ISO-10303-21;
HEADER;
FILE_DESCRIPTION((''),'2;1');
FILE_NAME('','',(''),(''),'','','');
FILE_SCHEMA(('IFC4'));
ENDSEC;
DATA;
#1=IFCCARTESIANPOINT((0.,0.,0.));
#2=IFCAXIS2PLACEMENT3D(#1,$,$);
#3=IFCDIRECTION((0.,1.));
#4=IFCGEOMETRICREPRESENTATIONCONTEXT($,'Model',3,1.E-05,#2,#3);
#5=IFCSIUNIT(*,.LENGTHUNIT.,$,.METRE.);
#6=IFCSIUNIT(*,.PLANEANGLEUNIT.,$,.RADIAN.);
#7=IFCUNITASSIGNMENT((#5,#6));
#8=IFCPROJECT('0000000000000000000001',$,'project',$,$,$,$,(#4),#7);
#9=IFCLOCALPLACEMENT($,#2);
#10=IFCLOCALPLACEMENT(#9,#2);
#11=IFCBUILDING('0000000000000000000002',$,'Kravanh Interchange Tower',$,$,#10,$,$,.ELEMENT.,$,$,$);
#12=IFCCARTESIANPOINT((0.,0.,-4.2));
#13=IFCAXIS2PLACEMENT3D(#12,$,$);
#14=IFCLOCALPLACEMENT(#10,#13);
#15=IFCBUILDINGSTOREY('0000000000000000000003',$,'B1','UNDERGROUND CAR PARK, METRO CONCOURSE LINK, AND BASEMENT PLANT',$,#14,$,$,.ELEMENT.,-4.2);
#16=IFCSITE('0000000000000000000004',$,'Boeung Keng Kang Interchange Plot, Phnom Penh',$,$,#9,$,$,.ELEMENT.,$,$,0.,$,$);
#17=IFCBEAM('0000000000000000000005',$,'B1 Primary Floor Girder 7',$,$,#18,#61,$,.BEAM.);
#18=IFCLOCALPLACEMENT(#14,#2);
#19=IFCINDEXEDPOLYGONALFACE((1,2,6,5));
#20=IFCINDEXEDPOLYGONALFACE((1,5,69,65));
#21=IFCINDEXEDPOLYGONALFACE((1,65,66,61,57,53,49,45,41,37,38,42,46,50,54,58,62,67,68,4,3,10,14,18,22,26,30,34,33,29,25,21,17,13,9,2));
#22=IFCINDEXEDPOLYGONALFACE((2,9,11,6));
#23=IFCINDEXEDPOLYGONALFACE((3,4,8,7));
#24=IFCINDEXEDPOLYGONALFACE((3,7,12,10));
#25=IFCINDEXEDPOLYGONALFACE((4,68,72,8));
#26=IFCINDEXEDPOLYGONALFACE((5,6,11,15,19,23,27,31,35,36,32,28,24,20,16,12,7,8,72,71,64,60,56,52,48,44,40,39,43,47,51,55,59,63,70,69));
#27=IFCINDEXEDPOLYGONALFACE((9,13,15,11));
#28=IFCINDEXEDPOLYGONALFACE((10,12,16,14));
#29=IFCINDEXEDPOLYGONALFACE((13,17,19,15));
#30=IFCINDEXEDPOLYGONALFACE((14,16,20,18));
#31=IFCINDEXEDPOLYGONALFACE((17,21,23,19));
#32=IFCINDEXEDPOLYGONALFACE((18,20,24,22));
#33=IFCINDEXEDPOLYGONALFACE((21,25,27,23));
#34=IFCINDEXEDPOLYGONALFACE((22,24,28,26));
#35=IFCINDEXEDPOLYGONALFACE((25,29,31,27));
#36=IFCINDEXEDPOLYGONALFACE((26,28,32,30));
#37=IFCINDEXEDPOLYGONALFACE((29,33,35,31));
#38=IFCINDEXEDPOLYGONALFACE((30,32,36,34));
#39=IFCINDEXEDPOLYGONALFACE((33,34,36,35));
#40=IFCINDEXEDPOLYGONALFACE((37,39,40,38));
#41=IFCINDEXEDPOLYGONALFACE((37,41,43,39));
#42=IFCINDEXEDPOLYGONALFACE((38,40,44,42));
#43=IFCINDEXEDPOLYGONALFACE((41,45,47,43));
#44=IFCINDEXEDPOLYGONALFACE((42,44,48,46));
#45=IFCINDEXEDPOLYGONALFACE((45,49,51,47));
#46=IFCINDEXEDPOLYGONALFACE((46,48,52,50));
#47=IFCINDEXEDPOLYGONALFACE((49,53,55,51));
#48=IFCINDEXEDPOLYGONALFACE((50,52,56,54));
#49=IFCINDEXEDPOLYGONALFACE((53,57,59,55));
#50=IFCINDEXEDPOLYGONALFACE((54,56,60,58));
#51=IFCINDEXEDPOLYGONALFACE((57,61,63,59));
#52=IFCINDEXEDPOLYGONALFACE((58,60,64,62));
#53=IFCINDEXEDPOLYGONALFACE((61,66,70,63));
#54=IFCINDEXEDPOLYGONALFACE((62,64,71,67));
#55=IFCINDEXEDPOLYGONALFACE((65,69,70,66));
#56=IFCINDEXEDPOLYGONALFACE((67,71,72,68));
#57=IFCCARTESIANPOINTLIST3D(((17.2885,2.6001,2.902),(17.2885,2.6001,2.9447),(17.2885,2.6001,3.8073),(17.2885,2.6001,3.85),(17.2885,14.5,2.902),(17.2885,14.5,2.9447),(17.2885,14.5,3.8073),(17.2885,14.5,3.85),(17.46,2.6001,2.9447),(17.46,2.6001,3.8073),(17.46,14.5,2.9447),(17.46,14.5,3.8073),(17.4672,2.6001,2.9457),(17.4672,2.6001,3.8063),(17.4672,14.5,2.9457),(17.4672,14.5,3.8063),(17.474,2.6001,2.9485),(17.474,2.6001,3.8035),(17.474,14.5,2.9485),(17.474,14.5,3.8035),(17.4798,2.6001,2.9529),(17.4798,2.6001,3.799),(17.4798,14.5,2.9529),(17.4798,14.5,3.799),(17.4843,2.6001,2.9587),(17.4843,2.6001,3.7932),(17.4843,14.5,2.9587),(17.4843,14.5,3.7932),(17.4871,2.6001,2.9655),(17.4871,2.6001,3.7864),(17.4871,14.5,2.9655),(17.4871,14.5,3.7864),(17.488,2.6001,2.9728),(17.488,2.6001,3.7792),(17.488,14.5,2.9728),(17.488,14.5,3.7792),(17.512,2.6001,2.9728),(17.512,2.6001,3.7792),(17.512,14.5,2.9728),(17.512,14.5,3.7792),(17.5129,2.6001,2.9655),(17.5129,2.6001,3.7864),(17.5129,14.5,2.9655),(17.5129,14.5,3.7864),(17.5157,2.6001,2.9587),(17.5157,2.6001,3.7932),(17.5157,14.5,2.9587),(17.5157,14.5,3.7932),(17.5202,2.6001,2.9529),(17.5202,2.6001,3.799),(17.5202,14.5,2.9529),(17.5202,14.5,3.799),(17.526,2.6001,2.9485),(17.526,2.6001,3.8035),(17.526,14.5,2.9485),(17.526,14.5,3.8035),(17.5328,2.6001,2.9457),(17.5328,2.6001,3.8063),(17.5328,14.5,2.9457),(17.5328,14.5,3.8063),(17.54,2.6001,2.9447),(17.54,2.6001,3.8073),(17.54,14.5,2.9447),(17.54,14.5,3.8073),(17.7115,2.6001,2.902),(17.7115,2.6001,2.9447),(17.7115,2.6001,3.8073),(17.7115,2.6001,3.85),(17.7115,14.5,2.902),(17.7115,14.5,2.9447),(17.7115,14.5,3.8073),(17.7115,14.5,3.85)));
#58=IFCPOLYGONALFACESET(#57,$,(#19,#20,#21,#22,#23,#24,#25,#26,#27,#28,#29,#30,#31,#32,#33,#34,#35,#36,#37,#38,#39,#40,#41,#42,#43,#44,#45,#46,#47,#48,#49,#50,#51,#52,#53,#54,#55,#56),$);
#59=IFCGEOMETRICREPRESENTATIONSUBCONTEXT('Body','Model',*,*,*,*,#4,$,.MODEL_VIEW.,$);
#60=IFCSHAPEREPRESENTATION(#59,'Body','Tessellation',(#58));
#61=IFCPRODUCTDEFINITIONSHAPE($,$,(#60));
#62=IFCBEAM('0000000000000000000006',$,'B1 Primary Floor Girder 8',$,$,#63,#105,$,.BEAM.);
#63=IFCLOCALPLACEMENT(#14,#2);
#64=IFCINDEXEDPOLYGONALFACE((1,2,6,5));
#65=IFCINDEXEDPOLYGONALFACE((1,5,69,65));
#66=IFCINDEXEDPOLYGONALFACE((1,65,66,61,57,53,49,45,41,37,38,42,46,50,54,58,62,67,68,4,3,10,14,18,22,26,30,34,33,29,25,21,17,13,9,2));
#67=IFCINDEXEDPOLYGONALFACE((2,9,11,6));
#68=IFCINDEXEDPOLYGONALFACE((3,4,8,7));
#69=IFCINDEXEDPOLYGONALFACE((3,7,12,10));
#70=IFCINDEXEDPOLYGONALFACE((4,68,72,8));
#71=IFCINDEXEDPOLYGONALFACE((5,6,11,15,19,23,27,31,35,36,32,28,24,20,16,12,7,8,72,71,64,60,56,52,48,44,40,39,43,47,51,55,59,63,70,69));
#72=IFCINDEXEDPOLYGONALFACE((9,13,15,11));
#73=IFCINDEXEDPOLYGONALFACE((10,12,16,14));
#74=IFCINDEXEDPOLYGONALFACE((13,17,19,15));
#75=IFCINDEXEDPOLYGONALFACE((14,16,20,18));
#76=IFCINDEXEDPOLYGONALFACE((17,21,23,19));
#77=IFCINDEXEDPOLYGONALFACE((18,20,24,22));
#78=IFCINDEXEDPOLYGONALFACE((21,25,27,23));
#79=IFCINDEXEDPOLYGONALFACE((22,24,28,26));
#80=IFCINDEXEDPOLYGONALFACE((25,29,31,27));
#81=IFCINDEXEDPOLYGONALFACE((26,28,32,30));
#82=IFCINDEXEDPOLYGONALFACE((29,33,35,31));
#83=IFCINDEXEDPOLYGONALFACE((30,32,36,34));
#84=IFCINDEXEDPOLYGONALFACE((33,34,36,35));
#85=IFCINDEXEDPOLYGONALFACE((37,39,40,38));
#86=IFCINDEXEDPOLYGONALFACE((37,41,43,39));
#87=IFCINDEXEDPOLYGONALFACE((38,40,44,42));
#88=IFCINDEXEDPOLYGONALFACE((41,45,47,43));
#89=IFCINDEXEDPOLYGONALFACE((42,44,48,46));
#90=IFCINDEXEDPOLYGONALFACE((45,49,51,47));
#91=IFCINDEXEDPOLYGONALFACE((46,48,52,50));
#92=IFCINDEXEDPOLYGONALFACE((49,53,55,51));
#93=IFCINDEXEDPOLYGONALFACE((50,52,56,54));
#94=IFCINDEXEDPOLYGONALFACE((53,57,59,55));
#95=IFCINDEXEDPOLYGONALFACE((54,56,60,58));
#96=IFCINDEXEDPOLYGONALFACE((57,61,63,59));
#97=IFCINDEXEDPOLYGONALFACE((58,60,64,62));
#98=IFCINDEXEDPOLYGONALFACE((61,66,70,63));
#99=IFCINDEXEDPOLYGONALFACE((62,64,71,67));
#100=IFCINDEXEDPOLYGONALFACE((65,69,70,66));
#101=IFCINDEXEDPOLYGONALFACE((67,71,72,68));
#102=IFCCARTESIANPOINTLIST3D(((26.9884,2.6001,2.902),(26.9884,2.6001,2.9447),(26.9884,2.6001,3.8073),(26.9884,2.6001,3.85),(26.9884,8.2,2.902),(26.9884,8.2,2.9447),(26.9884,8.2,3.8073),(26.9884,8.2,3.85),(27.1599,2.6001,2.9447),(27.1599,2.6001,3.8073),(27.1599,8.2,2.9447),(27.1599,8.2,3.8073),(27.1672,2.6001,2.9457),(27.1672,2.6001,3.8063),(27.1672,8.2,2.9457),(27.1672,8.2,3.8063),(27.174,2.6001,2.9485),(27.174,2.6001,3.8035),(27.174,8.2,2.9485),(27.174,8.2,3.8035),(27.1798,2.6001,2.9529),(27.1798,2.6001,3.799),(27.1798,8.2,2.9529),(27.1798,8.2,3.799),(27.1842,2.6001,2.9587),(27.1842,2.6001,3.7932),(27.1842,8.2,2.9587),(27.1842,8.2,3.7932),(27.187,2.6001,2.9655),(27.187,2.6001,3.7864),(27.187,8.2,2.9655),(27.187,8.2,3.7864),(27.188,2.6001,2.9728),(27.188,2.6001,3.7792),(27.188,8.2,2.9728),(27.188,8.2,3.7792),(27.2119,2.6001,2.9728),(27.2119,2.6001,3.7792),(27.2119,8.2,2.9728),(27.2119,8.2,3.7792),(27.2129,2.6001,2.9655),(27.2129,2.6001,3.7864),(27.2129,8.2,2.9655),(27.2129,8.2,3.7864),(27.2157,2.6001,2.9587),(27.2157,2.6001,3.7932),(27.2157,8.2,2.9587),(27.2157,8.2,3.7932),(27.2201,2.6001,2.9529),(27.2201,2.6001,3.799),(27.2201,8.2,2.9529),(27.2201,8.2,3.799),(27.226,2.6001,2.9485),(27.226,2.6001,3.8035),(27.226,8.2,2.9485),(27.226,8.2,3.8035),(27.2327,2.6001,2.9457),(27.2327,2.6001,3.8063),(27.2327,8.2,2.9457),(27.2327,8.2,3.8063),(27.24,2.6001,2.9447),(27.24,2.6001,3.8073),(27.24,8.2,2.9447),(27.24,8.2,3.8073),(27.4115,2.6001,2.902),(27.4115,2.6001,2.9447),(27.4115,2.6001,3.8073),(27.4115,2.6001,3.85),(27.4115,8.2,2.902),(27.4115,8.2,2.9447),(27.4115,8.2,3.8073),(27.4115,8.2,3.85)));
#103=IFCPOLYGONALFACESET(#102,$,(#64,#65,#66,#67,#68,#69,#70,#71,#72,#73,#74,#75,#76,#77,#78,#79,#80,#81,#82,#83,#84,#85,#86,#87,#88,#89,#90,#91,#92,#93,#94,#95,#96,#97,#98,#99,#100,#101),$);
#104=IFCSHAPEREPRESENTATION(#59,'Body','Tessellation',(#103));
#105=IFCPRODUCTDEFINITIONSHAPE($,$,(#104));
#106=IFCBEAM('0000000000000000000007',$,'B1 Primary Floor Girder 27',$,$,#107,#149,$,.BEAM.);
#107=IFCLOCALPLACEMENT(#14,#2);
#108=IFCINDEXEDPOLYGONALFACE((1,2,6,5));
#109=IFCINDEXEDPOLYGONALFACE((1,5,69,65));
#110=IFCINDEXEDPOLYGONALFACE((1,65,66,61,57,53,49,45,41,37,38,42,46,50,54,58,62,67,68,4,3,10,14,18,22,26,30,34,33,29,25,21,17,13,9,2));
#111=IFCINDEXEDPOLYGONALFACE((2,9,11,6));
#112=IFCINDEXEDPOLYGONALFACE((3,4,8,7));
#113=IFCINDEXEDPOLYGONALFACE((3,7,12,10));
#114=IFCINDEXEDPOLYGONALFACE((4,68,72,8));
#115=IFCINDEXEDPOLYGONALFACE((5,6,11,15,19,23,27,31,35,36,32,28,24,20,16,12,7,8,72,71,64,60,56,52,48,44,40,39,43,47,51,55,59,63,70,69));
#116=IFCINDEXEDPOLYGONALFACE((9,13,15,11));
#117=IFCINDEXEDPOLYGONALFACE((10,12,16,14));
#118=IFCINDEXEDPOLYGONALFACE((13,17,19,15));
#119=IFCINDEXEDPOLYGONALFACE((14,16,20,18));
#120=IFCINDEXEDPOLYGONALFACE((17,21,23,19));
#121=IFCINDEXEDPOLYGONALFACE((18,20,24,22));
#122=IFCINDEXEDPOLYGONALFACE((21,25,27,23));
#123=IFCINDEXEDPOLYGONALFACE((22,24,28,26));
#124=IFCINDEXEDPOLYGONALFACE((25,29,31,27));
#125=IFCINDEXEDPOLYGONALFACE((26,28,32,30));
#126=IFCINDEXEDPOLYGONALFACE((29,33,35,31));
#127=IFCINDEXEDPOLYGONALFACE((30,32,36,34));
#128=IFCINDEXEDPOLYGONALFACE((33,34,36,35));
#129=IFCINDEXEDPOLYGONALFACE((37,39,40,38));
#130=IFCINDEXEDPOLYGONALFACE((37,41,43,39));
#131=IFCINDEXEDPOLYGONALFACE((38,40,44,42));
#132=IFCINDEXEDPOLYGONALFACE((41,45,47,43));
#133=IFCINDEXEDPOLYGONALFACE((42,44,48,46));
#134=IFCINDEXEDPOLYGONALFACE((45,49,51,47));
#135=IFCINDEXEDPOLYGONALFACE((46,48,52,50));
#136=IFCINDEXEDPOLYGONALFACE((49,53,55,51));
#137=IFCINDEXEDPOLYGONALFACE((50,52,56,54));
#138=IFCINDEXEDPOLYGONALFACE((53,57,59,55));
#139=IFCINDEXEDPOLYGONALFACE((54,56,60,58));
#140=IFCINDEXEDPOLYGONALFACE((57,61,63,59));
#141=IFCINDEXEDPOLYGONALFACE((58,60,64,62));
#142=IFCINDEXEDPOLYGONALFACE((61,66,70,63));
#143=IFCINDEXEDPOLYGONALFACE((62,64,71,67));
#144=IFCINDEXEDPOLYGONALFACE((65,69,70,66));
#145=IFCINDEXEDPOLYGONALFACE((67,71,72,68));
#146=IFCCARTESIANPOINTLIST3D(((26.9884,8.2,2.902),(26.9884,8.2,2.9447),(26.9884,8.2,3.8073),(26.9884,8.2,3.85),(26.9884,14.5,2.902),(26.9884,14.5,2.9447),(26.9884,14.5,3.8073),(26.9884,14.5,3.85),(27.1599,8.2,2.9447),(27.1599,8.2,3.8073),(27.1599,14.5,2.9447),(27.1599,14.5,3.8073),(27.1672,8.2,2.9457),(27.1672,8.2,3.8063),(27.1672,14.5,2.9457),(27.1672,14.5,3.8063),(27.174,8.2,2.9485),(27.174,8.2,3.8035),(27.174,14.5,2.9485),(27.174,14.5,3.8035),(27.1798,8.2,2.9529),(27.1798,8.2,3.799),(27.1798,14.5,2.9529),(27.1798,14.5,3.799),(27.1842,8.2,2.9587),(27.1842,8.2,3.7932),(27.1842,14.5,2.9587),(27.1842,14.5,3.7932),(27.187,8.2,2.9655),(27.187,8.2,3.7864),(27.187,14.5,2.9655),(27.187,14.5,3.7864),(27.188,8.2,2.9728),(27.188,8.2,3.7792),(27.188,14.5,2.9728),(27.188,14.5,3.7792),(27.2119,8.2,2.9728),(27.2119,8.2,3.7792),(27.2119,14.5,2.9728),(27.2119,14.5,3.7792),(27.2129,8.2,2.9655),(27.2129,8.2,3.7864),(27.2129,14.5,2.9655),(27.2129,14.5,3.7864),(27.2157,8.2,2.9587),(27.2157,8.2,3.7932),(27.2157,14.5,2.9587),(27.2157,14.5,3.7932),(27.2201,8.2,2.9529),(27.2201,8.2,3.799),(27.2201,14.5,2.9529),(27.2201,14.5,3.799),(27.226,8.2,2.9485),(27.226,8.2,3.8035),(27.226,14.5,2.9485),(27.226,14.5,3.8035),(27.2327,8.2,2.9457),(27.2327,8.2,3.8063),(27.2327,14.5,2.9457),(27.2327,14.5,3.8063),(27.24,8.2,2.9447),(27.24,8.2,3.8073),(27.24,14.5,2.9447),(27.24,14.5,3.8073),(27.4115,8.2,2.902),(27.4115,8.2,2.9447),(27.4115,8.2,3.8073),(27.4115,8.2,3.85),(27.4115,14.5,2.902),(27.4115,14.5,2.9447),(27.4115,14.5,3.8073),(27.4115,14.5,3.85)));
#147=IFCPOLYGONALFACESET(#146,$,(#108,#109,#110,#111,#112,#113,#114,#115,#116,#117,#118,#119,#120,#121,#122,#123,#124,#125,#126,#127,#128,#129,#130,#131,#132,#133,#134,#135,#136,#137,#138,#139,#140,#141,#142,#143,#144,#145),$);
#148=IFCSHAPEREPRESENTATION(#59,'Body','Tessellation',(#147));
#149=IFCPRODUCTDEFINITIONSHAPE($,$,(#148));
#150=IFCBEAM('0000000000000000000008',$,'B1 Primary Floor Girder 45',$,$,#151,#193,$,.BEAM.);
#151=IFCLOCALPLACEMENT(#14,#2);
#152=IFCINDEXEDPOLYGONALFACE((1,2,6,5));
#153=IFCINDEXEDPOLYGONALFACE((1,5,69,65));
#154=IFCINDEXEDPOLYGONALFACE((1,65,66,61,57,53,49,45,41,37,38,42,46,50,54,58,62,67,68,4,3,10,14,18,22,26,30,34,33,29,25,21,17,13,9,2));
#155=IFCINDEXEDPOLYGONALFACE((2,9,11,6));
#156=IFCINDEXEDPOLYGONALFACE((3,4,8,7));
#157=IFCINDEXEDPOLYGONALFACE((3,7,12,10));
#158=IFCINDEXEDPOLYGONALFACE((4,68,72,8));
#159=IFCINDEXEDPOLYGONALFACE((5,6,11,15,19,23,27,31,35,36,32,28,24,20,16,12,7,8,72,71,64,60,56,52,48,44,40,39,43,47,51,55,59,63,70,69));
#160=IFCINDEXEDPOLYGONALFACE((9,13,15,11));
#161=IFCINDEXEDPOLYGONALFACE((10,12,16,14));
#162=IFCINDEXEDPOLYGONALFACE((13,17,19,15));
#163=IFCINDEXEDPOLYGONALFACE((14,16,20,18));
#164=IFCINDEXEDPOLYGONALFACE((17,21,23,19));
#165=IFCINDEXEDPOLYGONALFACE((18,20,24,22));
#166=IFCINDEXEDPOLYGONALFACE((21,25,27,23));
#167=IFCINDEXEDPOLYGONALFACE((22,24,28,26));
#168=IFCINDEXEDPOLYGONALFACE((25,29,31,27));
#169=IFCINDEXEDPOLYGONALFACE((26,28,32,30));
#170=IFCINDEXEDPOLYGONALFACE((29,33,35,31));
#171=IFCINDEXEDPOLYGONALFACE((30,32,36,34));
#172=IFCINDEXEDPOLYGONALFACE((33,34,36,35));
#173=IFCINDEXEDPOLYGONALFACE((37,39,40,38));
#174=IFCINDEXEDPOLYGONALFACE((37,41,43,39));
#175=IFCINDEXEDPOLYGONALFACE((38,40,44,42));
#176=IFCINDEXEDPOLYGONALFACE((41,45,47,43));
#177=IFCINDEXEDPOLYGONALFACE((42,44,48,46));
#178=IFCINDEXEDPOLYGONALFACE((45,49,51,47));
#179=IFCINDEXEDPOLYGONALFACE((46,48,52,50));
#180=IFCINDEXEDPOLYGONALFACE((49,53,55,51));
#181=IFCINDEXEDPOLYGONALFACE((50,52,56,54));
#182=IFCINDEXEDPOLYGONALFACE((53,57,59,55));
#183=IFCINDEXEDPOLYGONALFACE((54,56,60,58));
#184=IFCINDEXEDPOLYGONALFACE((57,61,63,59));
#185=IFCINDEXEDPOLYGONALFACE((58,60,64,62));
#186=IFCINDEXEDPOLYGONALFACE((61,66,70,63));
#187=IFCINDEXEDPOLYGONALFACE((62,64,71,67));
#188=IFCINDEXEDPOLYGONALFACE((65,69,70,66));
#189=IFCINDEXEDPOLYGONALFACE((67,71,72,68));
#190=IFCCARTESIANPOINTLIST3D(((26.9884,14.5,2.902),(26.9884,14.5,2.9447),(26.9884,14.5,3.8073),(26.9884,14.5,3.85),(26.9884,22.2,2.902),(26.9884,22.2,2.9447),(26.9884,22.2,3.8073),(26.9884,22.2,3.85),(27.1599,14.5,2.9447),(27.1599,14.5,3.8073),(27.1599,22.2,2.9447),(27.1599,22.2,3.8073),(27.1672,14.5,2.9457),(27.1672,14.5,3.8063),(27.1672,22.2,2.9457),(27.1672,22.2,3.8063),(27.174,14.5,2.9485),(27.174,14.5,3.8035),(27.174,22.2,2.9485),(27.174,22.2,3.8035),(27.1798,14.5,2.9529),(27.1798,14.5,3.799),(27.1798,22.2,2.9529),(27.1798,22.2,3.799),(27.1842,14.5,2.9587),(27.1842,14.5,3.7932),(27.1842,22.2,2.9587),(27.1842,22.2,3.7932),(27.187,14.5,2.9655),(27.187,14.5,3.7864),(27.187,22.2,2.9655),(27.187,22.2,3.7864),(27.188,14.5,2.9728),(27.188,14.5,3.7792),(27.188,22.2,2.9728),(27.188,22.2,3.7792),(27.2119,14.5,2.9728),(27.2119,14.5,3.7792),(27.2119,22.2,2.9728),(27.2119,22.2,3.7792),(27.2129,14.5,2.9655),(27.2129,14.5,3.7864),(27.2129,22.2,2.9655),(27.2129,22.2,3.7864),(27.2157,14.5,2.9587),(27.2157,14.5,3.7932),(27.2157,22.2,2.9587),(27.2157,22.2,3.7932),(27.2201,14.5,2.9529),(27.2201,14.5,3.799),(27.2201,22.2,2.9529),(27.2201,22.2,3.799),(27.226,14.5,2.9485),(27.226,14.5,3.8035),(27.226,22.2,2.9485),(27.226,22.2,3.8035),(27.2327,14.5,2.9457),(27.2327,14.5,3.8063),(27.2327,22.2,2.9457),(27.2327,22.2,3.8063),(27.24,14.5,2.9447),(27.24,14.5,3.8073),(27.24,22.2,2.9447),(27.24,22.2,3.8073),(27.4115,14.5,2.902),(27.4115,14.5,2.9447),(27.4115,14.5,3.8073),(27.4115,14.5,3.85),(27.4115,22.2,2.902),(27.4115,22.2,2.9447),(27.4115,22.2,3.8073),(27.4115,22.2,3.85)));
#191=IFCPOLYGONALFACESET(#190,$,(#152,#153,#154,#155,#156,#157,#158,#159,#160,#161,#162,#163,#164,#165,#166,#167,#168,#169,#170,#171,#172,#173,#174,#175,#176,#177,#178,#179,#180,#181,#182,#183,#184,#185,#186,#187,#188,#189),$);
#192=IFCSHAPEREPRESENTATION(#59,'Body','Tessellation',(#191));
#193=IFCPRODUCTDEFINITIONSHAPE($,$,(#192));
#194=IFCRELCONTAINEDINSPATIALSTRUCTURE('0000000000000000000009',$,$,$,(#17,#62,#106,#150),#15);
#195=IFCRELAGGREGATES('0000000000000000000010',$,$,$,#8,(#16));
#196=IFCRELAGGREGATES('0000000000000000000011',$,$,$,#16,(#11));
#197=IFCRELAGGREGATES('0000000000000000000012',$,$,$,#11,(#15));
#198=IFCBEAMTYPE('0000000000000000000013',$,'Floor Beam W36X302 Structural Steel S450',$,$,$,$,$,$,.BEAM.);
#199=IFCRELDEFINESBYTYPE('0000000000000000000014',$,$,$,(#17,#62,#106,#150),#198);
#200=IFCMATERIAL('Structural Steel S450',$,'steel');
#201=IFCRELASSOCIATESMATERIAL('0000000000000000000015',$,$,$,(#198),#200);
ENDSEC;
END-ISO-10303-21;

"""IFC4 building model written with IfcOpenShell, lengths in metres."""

from ifc_helpers import new_model, si_unit, direction, frame, origin, origin_2d, place, context, subcontext, project, spatial, i_section, extrude, material, material_profile, profile_set, type_object, element, save


model = new_model("IFC4")

# Units and contexts
model_context = context("Model", 3, precision=1e-05, world=origin(), true_north=direction((0.0, 1.0)))
body_context = subcontext(model_context, "Body", "Model", "MODEL_VIEW")
ifc_project = project(units=[si_unit("LENGTHUNIT", "METRE"), si_unit("PLANEANGLEUNIT", "RADIAN")], contexts=[model_context])

# Site, building, storey
site_placement = place(None, origin())
site = spatial("IfcSite", under=ifc_project, at=site_placement, Name="Boeung Keng Kang Interchange Plot, Phnom Penh", CompositionType="ELEMENT", RefElevation=0.0)
building_placement = place(site_placement, origin())
building = spatial("IfcBuilding", under=site, at=building_placement, Name="Kravanh Interchange Tower", CompositionType="ELEMENT")
storey_placement = place(building_placement, frame((0.0, 0.0, -4.2)))
storey = spatial("IfcBuildingStorey", under=building, at=storey_placement, Name="B1", Description="UNDERGROUND CAR PARK, METRO CONCOURSE LINK, AND BASEMENT PLANT", CompositionType="ELEMENT", Elevation=-4.2)

# Beams
ifc_material_1 = material(Name="Structural Steel S450", Category="steel")
ifc_material_profile_1 = material_profile(ifc_material_1, i_section(OverallWidth=0.4231, OverallDepth=0.948, WebThickness=0.0239, FlangeThickness=0.0427, FilletRadius=0.0281, at=origin_2d()), Name="W36X302")
ifc_profile_set_1 = profile_set([ifc_material_profile_1], Name="Structural Steel S450")
beam_type_1 = type_object("IfcBeamType", Name="Floor Beam W36X302 Structural Steel S450", PredefinedType="BEAM", material=ifc_profile_set_1)
beam_1_placement = place(storey_placement, frame((17.5, 2.6001, 3.376), z_axis=(0.0, 1.0, 0.0), x_axis=(-1.0, 0.0, 0.0)))
element("IfcBeam", 1, at=beam_1_placement, inside=storey, type_object=beam_type_1, Name="B1 Primary Floor Girder 7", PredefinedType="BEAM", context=body_context, shape_type="SweptSolid", body=[
    extrude(i_section(OverallWidth=0.4231, OverallDepth=0.948, WebThickness=0.0239, FlangeThickness=0.0427, FilletRadius=0.0281, at=origin_2d()), origin(), (0.0, 0.0, 1.0), 11.8999),
])
beam_2_placement = place(storey_placement, frame((27.2, 2.6001, 3.376), z_axis=(0.0, 1.0, 0.0), x_axis=(-1.0, 0.0, 0.0)))
element("IfcBeam", 2, at=beam_2_placement, inside=storey, type_object=beam_type_1, Name="B1 Primary Floor Girder 8", PredefinedType="BEAM", context=body_context, shape_type="SweptSolid", body=[
    extrude(i_section(OverallWidth=0.4231, OverallDepth=0.948, WebThickness=0.0239, FlangeThickness=0.0427, FilletRadius=0.0281, at=origin_2d()), origin(), (0.0, 0.0, 1.0), 5.5999),
])
beam_3_placement = place(storey_placement, frame((27.2, 8.2, 3.376), z_axis=(0.0, 1.0, 0.0), x_axis=(-1.0, 0.0, 0.0)))
element("IfcBeam", 3, at=beam_3_placement, inside=storey, type_object=beam_type_1, Name="B1 Primary Floor Girder 27", PredefinedType="BEAM", context=body_context, shape_type="SweptSolid", body=[
    extrude(i_section(OverallWidth=0.4231, OverallDepth=0.948, WebThickness=0.0239, FlangeThickness=0.0427, FilletRadius=0.0281, at=origin_2d()), origin(), (0.0, 0.0, 1.0), 6.3),
])
beam_4_placement = place(storey_placement, frame((27.2, 14.5, 3.376), z_axis=(0.0, 1.0, 0.0), x_axis=(-1.0, 0.0, 0.0)))
element("IfcBeam", 4, at=beam_4_placement, inside=storey, type_object=beam_type_1, Name="B1 Primary Floor Girder 45", PredefinedType="BEAM", context=body_context, shape_type="SweptSolid", body=[
    extrude(i_section(OverallWidth=0.4231, OverallDepth=0.948, WebThickness=0.0239, FlangeThickness=0.0427, FilletRadius=0.0281, at=origin_2d()), origin(), (0.0, 0.0, 1.0), 7.7),
])

save(model, "model.ifc")
